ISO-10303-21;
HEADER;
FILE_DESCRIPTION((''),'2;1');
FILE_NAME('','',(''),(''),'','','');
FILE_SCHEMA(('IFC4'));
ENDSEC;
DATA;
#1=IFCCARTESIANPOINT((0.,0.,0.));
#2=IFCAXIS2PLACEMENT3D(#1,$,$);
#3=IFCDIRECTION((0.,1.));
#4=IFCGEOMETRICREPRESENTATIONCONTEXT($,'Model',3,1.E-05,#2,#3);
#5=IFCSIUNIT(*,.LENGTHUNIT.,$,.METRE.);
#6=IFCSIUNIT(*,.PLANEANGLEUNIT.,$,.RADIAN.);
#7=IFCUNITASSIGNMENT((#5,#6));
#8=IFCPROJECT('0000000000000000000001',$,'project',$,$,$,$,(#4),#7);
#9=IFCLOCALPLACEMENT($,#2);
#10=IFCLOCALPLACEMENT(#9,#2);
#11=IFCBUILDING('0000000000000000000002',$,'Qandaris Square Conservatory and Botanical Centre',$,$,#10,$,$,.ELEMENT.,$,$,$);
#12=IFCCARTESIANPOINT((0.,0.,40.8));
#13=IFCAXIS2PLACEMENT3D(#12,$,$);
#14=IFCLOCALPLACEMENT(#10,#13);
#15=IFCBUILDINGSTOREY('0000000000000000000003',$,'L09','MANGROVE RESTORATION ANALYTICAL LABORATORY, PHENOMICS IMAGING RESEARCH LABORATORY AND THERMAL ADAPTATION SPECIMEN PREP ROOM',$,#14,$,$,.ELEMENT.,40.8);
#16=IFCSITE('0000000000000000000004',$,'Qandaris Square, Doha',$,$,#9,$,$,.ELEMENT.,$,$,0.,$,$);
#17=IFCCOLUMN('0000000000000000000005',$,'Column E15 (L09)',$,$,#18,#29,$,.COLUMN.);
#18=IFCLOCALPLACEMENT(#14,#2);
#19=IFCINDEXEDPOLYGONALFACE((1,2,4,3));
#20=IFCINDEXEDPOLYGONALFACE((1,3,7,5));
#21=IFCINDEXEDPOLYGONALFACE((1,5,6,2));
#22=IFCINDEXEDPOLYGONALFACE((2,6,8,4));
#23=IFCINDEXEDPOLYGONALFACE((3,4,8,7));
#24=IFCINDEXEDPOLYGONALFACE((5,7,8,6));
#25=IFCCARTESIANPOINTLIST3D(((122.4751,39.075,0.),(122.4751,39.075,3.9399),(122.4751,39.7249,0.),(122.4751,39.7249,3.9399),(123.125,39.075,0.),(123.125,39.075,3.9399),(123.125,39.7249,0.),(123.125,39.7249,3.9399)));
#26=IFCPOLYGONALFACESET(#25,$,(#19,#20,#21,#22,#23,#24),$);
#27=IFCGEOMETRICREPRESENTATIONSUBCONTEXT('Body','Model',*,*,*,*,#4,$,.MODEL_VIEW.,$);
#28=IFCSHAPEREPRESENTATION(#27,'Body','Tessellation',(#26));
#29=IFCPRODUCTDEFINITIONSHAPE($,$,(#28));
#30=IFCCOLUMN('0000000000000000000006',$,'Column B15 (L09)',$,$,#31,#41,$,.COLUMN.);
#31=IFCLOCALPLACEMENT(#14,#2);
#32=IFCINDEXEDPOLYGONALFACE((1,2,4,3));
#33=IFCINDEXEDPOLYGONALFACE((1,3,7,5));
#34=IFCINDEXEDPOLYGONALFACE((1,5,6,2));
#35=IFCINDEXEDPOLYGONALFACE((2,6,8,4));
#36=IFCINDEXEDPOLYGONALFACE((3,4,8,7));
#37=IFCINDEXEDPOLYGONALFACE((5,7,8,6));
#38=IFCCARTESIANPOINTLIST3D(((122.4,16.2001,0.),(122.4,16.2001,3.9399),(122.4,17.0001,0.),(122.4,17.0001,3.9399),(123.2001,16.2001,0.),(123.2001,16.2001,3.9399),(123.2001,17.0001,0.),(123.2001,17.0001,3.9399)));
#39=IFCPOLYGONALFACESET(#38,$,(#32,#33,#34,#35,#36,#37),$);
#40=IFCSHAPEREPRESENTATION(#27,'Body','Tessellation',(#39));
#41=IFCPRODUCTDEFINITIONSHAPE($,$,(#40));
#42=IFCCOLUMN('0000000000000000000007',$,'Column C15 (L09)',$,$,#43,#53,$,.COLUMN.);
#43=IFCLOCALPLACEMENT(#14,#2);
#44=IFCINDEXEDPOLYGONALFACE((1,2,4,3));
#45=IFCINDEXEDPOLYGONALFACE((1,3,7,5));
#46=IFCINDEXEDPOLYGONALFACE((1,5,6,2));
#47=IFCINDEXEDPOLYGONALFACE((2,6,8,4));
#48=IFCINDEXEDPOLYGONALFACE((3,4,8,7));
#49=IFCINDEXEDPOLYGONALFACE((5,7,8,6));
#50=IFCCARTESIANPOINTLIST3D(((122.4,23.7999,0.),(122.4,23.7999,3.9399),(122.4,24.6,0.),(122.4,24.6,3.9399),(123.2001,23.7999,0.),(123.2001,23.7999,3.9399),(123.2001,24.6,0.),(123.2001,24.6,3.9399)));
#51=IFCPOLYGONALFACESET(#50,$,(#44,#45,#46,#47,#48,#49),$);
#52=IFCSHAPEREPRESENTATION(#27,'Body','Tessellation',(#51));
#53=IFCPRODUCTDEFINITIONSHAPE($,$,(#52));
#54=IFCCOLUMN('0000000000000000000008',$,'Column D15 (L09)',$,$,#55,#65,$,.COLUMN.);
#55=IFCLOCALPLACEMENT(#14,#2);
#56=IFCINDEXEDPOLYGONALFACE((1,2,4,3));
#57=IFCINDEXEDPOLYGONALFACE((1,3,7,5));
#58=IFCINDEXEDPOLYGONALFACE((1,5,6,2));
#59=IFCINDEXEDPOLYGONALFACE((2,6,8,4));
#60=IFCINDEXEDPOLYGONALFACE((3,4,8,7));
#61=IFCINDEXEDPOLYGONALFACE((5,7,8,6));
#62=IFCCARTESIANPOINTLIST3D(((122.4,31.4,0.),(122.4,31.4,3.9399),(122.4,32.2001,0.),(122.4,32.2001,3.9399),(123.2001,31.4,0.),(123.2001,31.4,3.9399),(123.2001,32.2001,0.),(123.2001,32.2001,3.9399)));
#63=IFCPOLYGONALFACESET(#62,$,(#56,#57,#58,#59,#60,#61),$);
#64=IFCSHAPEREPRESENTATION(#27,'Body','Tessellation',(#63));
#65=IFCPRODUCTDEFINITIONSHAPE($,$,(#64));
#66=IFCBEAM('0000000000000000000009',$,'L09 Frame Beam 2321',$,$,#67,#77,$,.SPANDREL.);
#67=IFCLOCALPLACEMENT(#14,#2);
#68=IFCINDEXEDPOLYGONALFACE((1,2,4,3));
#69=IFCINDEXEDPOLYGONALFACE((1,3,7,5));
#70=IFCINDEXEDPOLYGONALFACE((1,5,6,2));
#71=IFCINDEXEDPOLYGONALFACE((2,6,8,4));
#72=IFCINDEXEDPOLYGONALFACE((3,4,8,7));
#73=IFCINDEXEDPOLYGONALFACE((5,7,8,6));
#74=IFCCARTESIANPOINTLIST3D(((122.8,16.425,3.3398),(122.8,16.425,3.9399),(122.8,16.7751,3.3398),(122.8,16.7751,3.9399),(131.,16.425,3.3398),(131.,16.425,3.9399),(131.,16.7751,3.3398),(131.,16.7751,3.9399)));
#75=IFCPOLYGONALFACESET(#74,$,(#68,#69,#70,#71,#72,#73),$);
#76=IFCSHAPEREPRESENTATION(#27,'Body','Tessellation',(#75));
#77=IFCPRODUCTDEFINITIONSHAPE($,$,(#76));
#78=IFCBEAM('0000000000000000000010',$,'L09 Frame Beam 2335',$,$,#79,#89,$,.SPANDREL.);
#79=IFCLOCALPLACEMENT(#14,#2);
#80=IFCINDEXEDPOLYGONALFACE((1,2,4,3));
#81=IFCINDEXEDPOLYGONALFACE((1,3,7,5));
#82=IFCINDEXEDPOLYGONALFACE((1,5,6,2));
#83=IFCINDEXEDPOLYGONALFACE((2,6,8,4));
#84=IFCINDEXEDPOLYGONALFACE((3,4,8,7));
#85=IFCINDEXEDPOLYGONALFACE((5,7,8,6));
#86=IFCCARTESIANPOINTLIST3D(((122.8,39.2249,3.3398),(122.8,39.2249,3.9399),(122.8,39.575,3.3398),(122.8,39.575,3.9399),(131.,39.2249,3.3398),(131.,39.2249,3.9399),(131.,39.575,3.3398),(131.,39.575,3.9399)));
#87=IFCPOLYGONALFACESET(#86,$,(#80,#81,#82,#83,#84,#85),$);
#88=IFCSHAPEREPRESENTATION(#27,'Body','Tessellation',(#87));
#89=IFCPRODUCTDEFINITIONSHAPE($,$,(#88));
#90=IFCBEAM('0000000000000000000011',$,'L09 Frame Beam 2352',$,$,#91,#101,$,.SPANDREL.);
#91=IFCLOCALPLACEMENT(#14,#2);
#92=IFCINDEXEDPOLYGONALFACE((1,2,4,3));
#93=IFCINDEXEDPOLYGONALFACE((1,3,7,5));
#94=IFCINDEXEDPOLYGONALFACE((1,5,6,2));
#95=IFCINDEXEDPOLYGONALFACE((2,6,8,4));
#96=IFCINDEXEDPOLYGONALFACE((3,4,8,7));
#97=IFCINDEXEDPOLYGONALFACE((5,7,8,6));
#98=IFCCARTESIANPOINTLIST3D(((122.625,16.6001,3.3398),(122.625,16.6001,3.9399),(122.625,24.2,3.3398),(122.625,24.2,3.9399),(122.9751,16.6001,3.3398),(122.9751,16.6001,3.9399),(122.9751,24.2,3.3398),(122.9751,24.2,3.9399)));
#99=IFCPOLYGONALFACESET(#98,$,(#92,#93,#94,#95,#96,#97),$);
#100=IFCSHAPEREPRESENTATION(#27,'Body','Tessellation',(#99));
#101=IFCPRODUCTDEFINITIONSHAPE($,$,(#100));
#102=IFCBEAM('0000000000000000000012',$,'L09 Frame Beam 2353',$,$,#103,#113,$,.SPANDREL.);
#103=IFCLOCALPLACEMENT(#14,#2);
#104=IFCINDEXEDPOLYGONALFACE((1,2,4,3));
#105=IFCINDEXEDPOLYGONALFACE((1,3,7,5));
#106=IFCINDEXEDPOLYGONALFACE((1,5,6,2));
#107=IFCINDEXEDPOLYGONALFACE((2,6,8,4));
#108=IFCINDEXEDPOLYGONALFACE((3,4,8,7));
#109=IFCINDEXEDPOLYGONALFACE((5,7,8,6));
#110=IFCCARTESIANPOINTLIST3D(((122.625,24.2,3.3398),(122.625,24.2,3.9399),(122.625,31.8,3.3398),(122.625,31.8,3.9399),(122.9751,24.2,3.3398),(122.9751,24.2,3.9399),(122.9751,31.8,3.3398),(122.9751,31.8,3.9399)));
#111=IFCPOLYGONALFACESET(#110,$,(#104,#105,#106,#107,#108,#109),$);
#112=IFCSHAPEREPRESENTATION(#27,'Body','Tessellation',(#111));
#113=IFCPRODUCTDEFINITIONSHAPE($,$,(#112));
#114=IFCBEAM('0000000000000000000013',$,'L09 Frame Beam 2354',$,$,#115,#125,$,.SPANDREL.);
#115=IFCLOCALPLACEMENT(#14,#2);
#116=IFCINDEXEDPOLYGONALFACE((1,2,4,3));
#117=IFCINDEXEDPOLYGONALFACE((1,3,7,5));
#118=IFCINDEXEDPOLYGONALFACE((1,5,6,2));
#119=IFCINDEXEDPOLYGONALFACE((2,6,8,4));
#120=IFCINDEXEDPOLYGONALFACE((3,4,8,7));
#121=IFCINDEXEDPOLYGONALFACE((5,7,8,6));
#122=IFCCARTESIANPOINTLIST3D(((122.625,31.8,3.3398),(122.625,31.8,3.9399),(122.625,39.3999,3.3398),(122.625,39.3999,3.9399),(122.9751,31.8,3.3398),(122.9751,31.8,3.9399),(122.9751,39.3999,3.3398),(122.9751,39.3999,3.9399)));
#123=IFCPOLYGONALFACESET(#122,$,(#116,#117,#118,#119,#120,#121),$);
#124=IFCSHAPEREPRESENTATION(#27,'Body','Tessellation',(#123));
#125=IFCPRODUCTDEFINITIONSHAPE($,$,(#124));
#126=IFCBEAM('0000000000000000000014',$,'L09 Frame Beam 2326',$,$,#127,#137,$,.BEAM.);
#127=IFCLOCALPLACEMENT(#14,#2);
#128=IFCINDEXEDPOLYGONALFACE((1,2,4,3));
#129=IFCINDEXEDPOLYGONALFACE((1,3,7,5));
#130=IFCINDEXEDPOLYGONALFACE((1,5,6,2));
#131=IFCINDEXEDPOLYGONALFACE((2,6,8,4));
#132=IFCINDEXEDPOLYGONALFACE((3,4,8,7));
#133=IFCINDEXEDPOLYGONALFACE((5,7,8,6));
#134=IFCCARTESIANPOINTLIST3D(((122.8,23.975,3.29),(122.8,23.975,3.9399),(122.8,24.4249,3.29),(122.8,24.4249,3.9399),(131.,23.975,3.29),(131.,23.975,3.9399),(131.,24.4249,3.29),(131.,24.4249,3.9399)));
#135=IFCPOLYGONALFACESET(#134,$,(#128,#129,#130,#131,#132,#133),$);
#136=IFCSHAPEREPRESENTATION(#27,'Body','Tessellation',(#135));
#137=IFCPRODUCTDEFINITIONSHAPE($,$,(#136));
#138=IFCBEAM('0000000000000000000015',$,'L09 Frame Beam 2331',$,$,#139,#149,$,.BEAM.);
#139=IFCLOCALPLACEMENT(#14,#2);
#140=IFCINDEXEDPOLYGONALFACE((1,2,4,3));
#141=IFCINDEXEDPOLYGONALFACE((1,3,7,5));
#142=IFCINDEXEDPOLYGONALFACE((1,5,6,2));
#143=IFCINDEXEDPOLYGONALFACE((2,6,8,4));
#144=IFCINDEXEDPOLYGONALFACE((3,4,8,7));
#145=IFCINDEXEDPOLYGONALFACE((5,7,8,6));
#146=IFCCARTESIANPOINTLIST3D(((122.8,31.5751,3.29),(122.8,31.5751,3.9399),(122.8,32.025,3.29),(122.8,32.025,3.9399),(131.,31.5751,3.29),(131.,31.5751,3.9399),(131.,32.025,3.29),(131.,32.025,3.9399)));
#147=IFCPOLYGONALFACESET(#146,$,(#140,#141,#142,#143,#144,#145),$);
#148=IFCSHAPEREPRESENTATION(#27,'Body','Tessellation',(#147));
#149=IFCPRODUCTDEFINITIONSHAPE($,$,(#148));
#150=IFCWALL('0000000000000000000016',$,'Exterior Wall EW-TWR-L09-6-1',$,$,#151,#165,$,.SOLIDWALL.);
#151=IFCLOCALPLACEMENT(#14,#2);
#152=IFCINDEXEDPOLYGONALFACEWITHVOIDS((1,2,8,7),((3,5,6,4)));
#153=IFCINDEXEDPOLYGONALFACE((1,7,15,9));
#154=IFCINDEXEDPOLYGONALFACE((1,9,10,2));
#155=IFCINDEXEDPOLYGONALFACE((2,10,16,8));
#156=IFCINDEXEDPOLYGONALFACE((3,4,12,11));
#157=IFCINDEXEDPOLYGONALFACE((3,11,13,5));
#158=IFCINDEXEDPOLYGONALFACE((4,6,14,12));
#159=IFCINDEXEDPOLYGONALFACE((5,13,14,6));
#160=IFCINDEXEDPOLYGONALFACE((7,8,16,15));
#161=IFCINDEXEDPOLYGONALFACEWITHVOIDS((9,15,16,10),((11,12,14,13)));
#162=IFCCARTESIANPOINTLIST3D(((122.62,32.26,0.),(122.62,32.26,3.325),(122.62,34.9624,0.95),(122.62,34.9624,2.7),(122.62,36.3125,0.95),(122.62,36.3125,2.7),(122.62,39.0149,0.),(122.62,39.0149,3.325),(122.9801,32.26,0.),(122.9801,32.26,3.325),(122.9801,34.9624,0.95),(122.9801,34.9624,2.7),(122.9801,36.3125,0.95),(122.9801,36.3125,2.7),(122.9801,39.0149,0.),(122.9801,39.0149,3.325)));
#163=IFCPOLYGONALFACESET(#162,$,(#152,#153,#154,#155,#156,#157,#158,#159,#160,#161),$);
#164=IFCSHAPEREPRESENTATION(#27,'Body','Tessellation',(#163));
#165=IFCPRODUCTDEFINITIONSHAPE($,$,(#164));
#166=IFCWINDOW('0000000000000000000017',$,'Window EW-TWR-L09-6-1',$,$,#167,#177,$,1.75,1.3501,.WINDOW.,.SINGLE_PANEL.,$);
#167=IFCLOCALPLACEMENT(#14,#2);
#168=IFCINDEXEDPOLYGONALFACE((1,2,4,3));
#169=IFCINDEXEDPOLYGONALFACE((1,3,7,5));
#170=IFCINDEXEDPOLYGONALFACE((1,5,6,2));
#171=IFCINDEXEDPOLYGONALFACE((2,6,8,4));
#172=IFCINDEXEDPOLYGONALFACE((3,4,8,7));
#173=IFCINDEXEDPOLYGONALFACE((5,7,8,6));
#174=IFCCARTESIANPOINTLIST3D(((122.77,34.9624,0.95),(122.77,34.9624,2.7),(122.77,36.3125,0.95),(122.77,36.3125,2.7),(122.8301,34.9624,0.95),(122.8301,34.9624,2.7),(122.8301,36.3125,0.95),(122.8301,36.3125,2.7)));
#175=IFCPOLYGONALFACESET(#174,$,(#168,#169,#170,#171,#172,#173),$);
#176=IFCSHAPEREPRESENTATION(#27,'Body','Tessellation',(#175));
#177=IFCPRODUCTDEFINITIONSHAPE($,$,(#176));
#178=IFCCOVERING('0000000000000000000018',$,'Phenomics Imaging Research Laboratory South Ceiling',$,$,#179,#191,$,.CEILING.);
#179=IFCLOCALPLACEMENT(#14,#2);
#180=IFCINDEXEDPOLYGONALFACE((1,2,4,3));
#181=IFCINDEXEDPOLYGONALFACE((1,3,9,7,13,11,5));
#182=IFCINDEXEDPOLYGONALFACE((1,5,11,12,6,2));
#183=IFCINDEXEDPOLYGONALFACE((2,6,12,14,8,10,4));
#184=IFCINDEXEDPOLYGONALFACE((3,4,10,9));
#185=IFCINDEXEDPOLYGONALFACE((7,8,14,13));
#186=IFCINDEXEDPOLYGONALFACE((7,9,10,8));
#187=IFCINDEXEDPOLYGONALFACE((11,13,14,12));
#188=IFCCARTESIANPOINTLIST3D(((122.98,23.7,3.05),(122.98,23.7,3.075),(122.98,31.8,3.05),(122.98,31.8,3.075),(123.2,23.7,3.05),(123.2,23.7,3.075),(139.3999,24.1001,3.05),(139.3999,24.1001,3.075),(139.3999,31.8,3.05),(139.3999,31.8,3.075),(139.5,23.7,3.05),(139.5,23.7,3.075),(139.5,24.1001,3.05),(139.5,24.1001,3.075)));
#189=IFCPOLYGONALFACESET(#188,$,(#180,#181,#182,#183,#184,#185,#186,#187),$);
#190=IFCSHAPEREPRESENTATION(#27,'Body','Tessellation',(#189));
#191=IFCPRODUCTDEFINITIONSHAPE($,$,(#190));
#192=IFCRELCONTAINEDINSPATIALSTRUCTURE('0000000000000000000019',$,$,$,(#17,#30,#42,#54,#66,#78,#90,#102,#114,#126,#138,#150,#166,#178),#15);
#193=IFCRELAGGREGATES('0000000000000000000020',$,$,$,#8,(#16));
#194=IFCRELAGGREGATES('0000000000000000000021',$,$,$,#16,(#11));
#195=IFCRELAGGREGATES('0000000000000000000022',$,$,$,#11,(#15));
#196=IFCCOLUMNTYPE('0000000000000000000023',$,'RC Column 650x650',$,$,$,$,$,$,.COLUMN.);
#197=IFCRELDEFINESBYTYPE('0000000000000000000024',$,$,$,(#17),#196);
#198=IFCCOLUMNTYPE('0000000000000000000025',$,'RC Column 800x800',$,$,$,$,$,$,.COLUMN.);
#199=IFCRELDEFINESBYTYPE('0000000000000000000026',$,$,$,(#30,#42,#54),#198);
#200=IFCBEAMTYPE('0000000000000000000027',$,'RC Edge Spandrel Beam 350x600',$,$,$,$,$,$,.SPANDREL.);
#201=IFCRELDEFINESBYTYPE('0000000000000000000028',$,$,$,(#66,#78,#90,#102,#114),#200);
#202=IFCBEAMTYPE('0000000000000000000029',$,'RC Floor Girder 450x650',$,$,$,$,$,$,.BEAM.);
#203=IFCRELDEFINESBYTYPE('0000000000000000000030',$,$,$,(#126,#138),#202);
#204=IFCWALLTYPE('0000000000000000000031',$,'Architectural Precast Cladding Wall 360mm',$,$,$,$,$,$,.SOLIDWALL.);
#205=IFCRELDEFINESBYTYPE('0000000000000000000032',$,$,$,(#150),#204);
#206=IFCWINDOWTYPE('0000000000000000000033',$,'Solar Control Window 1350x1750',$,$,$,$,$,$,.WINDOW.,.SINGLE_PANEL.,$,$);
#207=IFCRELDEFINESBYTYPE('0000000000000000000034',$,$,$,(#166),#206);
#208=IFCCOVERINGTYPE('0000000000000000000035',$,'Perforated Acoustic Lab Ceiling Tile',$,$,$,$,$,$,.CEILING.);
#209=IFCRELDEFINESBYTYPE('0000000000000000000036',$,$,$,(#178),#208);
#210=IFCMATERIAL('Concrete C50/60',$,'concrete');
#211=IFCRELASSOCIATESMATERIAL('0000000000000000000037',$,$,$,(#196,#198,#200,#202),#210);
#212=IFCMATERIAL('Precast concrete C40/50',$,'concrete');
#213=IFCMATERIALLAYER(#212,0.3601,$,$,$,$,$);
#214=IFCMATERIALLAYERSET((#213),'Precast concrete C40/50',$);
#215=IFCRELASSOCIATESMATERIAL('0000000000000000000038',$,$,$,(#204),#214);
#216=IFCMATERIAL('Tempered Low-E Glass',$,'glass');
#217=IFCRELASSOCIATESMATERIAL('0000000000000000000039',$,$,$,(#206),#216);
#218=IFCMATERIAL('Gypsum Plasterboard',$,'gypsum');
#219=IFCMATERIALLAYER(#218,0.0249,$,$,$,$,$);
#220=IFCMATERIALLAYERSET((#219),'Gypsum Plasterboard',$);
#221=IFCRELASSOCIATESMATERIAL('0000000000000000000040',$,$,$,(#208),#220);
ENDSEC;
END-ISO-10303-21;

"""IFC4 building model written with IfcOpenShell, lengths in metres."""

from ifc_helpers import new_model, si_unit, direction, frame, frame_2d, origin, origin_2d, place, context, subcontext, project, spatial, polyline, rectangle, outline, extrude, material, layer, layer_set, material_profile, profile_set, type_object, element, fill, save


model = new_model("IFC4")

# Units and contexts
model_context = context("Model", 3, precision=1e-05, world=origin(), true_north=direction((0.0, 1.0)))
body_context = subcontext(model_context, "Body", "Model", "MODEL_VIEW")
ifc_project = project(units=[si_unit("LENGTHUNIT", "METRE"), si_unit("PLANEANGLEUNIT", "RADIAN")], contexts=[model_context])

# Site, building, storey
site_placement = place(None, origin())
site = spatial("IfcSite", under=ifc_project, at=site_placement, Name="Qandaris Square, Doha", CompositionType="ELEMENT", RefElevation=0.0)
building_placement = place(site_placement, origin())
building = spatial("IfcBuilding", under=site, at=building_placement, Name="Qandaris Square Conservatory and Botanical Centre", CompositionType="ELEMENT")
storey_placement = place(building_placement, frame((0.0, 0.0, 40.8)))
storey = spatial("IfcBuildingStorey", under=building, at=storey_placement, Name="L09", Description="MANGROVE RESTORATION ANALYTICAL LABORATORY, PHENOMICS IMAGING RESEARCH LABORATORY AND THERMAL ADAPTATION SPECIMEN PREP ROOM", CompositionType="ELEMENT", Elevation=40.8)

# Columns
ifc_material_1 = material(Name="Concrete C50/60", Category="concrete")
ifc_material_profile_1 = material_profile(ifc_material_1, rectangle(XDim=0.6499, YDim=0.6499, at=origin_2d()), Name="RC-COL 650x650")
ifc_profile_set_1 = profile_set([ifc_material_profile_1], Name="Concrete C50/60")
column_type_1 = type_object("IfcColumnType", Name="RC Column 650x650", PredefinedType="COLUMN", material=ifc_profile_set_1)
column_placement = place(storey_placement, frame((122.8, 39.3999, 0.0), z_axis=(0.0, 0.0, 1.0), x_axis=(1.0, 0.0, 0.0)))
element("IfcColumn", 1, at=column_placement, inside=storey, type_object=column_type_1, Name="Column E15 (L09)", PredefinedType="COLUMN", context=body_context, shape_type="SweptSolid", body=[
    extrude(rectangle(XDim=0.6499, YDim=0.6499, at=origin_2d()), origin(), (0.0, 0.0, 1.0), 3.9399),
])
ifc_material_profile_2 = material_profile(ifc_material_1, rectangle(XDim=0.8, YDim=0.8, at=origin_2d()), Name="RC-COL 800x800")
ifc_profile_set_2 = profile_set([ifc_material_profile_2], Name="Concrete C50/60")
column_type_2 = type_object("IfcColumnType", Name="RC Column 800x800", PredefinedType="COLUMN", material=ifc_profile_set_2)
for number, where, z_axis, x_axis, name in (
    (2, (122.8, 16.6001, 0.0), (0.0, 0.0, 1.0), (1.0, 0.0, 0.0), "Column B15 (L09)"),
    (3, (122.8, 24.2, 0.0), (0.0, 0.0, 1.0), (1.0, 0.0, 0.0), "Column C15 (L09)"),
    (4, (122.8, 31.8, 0.0), (0.0, 0.0, 1.0), (1.0, 0.0, 0.0), "Column D15 (L09)"),
):
    element("IfcColumn", number, at=place(storey_placement, frame(where, z_axis=z_axis, x_axis=x_axis)), inside=storey, type_object=column_type_2, Name=name, PredefinedType="COLUMN", context=body_context, shape_type="SweptSolid", body=[
        extrude(rectangle(XDim=0.8, YDim=0.8, at=origin_2d()), origin(), (0.0, 0.0, 1.0), 3.9399),
    ])

# Beams
ifc_material_profile_3 = material_profile(ifc_material_1, rectangle(XDim=0.3501, YDim=0.6001, at=origin_2d()), Name="RC-SP 350x600")
ifc_profile_set_3 = profile_set([ifc_material_profile_3], Name="Concrete C50/60")
beam_type_1 = type_object("IfcBeamType", Name="RC Edge Spandrel Beam 350x600", PredefinedType="SPANDREL", material=ifc_profile_set_3)
for number, where, z_axis, x_axis, name in (
    (5, (122.8, 16.6001, 3.6399), (1.0, 0.0, 0.0), (0.0, 1.0, 0.0), "L09 Frame Beam 2321"),
    (6, (122.8, 39.3999, 3.6399), (1.0, 0.0, 0.0), (0.0, 1.0, 0.0), "L09 Frame Beam 2335"),
):
    element("IfcBeam", number, at=place(storey_placement, frame(where, z_axis=z_axis, x_axis=x_axis)), inside=storey, type_object=beam_type_1, Name=name, PredefinedType="SPANDREL", context=body_context, shape_type="SweptSolid", body=[
        extrude(rectangle(XDim=0.3501, YDim=0.6001, at=origin_2d()), origin(), (0.0, 0.0, 1.0), 8.2),
    ])
beam_1_placement = place(storey_placement, frame((122.8, 16.6001, 3.6399), z_axis=(0.0, 1.0, 0.0), x_axis=(-1.0, 0.0, 0.0)))
element("IfcBeam", 7, at=beam_1_placement, inside=storey, type_object=beam_type_1, Name="L09 Frame Beam 2352", PredefinedType="SPANDREL", context=body_context, shape_type="SweptSolid", body=[
    extrude(rectangle(XDim=0.3501, YDim=0.6001, at=origin_2d()), origin(), (0.0, 0.0, 1.0), 7.5999),
])
beam_2_placement = place(storey_placement, frame((122.8, 24.2, 3.6399), z_axis=(0.0, 1.0, 0.0), x_axis=(-1.0, 0.0, 0.0)))
element("IfcBeam", 8, at=beam_2_placement, inside=storey, type_object=beam_type_1, Name="L09 Frame Beam 2353", PredefinedType="SPANDREL", context=body_context, shape_type="SweptSolid", body=[
    extrude(rectangle(XDim=0.3501, YDim=0.6001, at=origin_2d()), origin(), (0.0, 0.0, 1.0), 7.6001),
])
beam_3_placement = place(storey_placement, frame((122.8, 31.8, 3.6399), z_axis=(0.0, 1.0, 0.0), x_axis=(-1.0, 0.0, 0.0)))
element("IfcBeam", 9, at=beam_3_placement, inside=storey, type_object=beam_type_1, Name="L09 Frame Beam 2354", PredefinedType="SPANDREL", context=body_context, shape_type="SweptSolid", body=[
    extrude(rectangle(XDim=0.3501, YDim=0.6001, at=origin_2d()), origin(), (0.0, 0.0, 1.0), 7.5999),
])
ifc_material_profile_4 = material_profile(ifc_material_1, rectangle(XDim=0.45, YDim=0.6499, at=origin_2d()), Name="RC-BM 450x650")
ifc_profile_set_4 = profile_set([ifc_material_profile_4], Name="Concrete C50/60")
beam_type_2 = type_object("IfcBeamType", Name="RC Floor Girder 450x650", PredefinedType="BEAM", material=ifc_profile_set_4)
for number, where, z_axis, x_axis, name in (
    (10, (122.8, 24.2, 3.615), (1.0, 0.0, 0.0), (0.0, 1.0, 0.0), "L09 Frame Beam 2326"),
    (11, (122.8, 31.8, 3.615), (1.0, 0.0, 0.0), (0.0, 1.0, 0.0), "L09 Frame Beam 2331"),
):
    element("IfcBeam", number, at=place(storey_placement, frame(where, z_axis=z_axis, x_axis=x_axis)), inside=storey, type_object=beam_type_2, Name=name, PredefinedType="BEAM", context=body_context, shape_type="SweptSolid", body=[
        extrude(rectangle(XDim=0.45, YDim=0.6499, at=origin_2d()), origin(), (0.0, 0.0, 1.0), 8.2),
    ])

# Wall, opening, window
ifc_material_2 = material(Name="Precast concrete C40/50", Category="concrete")
ifc_layer_1 = layer(ifc_material_2, 0.3601)
ifc_layer_set_1 = layer_set([ifc_layer_1], Name="Precast concrete C40/50")
wall_type = type_object("IfcWallType", Name="Architectural Precast Cladding Wall 360mm", PredefinedType="SOLIDWALL", material=ifc_layer_set_1)
wall_placement = place(storey_placement, frame((122.8, 39.0149, 0.0), z_axis=(0.0, 0.0, 1.0), x_axis=(0.0, -1.0, 0.0)))
wall = element("IfcWall", 12, at=wall_placement, inside=storey, type_object=wall_type, Name="Exterior Wall EW-TWR-L09-6-1", PredefinedType="SOLIDWALL", context=body_context, shape_type="SweptSolid", body=[
    extrude(rectangle(XDim=6.7549, YDim=0.3601, at=frame_2d((3.3774, 0.0))), origin(), (0.0, 0.0, 1.0), 3.325),
])
opening_placement = place(wall_placement, frame((2.7024, 0.0, 0.95)))
opening = element("IfcOpeningElement", 13, at=opening_placement, cuts=wall, PredefinedType="OPENING", context=body_context, shape_type="SweptSolid", body=[
    extrude(rectangle(XDim=1.3501, YDim=1.75, at=frame_2d((0.675, 0.875))), frame((0.0, 0.1919, 0.0), z_axis=(0.0, -1.0, 0.0), x_axis=(1.0, 0.0, 0.0)), (0.0, 0.0, 1.0), 0.384),
])
ifc_material_3 = material(Name="Tempered Low-E Glass", Category="glass")
window_type = type_object("IfcWindowType", Name="Solar Control Window 1350x1750", PartitioningType="SINGLE_PANEL", PredefinedType="WINDOW", material=ifc_material_3)
window_placement = place(opening_placement, origin())
window = element("IfcWindow", 14, at=window_placement, inside=storey, type_object=window_type, Name="Window EW-TWR-L09-6-1", OverallHeight=1.75, OverallWidth=1.3501, PartitioningType="SINGLE_PANEL", PredefinedType="WINDOW", context=body_context, shape_type="SweptSolid", body=[
    extrude(rectangle(XDim=1.3501, YDim=1.75, at=frame_2d((0.675, 0.875))), frame((0.0, 0.03, 0.0), z_axis=(0.0, -1.0, 0.0), x_axis=(1.0, 0.0, 0.0)), (0.0, 0.0, 1.0), 0.0601),
])
fill(opening, window)

# Covering
ifc_material_4 = material(Name="Gypsum Plasterboard", Category="gypsum")
ifc_layer_2 = layer(ifc_material_4, 0.0249)
ifc_layer_set_2 = layer_set([ifc_layer_2], Name="Gypsum Plasterboard")
covering_type_1 = type_object("IfcCoveringType", Name="Perforated Acoustic Lab Ceiling Tile", PredefinedType="CEILING", material=ifc_layer_set_2)
covering_1_placement = place(storey_placement, frame((0.0, 0.0, 3.05)))
element("IfcCovering", 15, at=covering_1_placement, inside=storey, type_object=covering_type_1, Name="Phenomics Imaging Research Laboratory South Ceiling", PredefinedType="CEILING", context=body_context, shape_type="SweptSolid", body=[
    extrude(outline(polyline([(139.5, 23.7), (123.2, 23.7), (122.98, 23.7), (122.98, 31.8), (139.3999, 31.8), (139.3999, 24.1001), (139.5, 24.1001), (139.5, 23.7)])), origin(), (0.0, 0.0, 1.0), 0.0249),
])

save(model, "model.ifc")
